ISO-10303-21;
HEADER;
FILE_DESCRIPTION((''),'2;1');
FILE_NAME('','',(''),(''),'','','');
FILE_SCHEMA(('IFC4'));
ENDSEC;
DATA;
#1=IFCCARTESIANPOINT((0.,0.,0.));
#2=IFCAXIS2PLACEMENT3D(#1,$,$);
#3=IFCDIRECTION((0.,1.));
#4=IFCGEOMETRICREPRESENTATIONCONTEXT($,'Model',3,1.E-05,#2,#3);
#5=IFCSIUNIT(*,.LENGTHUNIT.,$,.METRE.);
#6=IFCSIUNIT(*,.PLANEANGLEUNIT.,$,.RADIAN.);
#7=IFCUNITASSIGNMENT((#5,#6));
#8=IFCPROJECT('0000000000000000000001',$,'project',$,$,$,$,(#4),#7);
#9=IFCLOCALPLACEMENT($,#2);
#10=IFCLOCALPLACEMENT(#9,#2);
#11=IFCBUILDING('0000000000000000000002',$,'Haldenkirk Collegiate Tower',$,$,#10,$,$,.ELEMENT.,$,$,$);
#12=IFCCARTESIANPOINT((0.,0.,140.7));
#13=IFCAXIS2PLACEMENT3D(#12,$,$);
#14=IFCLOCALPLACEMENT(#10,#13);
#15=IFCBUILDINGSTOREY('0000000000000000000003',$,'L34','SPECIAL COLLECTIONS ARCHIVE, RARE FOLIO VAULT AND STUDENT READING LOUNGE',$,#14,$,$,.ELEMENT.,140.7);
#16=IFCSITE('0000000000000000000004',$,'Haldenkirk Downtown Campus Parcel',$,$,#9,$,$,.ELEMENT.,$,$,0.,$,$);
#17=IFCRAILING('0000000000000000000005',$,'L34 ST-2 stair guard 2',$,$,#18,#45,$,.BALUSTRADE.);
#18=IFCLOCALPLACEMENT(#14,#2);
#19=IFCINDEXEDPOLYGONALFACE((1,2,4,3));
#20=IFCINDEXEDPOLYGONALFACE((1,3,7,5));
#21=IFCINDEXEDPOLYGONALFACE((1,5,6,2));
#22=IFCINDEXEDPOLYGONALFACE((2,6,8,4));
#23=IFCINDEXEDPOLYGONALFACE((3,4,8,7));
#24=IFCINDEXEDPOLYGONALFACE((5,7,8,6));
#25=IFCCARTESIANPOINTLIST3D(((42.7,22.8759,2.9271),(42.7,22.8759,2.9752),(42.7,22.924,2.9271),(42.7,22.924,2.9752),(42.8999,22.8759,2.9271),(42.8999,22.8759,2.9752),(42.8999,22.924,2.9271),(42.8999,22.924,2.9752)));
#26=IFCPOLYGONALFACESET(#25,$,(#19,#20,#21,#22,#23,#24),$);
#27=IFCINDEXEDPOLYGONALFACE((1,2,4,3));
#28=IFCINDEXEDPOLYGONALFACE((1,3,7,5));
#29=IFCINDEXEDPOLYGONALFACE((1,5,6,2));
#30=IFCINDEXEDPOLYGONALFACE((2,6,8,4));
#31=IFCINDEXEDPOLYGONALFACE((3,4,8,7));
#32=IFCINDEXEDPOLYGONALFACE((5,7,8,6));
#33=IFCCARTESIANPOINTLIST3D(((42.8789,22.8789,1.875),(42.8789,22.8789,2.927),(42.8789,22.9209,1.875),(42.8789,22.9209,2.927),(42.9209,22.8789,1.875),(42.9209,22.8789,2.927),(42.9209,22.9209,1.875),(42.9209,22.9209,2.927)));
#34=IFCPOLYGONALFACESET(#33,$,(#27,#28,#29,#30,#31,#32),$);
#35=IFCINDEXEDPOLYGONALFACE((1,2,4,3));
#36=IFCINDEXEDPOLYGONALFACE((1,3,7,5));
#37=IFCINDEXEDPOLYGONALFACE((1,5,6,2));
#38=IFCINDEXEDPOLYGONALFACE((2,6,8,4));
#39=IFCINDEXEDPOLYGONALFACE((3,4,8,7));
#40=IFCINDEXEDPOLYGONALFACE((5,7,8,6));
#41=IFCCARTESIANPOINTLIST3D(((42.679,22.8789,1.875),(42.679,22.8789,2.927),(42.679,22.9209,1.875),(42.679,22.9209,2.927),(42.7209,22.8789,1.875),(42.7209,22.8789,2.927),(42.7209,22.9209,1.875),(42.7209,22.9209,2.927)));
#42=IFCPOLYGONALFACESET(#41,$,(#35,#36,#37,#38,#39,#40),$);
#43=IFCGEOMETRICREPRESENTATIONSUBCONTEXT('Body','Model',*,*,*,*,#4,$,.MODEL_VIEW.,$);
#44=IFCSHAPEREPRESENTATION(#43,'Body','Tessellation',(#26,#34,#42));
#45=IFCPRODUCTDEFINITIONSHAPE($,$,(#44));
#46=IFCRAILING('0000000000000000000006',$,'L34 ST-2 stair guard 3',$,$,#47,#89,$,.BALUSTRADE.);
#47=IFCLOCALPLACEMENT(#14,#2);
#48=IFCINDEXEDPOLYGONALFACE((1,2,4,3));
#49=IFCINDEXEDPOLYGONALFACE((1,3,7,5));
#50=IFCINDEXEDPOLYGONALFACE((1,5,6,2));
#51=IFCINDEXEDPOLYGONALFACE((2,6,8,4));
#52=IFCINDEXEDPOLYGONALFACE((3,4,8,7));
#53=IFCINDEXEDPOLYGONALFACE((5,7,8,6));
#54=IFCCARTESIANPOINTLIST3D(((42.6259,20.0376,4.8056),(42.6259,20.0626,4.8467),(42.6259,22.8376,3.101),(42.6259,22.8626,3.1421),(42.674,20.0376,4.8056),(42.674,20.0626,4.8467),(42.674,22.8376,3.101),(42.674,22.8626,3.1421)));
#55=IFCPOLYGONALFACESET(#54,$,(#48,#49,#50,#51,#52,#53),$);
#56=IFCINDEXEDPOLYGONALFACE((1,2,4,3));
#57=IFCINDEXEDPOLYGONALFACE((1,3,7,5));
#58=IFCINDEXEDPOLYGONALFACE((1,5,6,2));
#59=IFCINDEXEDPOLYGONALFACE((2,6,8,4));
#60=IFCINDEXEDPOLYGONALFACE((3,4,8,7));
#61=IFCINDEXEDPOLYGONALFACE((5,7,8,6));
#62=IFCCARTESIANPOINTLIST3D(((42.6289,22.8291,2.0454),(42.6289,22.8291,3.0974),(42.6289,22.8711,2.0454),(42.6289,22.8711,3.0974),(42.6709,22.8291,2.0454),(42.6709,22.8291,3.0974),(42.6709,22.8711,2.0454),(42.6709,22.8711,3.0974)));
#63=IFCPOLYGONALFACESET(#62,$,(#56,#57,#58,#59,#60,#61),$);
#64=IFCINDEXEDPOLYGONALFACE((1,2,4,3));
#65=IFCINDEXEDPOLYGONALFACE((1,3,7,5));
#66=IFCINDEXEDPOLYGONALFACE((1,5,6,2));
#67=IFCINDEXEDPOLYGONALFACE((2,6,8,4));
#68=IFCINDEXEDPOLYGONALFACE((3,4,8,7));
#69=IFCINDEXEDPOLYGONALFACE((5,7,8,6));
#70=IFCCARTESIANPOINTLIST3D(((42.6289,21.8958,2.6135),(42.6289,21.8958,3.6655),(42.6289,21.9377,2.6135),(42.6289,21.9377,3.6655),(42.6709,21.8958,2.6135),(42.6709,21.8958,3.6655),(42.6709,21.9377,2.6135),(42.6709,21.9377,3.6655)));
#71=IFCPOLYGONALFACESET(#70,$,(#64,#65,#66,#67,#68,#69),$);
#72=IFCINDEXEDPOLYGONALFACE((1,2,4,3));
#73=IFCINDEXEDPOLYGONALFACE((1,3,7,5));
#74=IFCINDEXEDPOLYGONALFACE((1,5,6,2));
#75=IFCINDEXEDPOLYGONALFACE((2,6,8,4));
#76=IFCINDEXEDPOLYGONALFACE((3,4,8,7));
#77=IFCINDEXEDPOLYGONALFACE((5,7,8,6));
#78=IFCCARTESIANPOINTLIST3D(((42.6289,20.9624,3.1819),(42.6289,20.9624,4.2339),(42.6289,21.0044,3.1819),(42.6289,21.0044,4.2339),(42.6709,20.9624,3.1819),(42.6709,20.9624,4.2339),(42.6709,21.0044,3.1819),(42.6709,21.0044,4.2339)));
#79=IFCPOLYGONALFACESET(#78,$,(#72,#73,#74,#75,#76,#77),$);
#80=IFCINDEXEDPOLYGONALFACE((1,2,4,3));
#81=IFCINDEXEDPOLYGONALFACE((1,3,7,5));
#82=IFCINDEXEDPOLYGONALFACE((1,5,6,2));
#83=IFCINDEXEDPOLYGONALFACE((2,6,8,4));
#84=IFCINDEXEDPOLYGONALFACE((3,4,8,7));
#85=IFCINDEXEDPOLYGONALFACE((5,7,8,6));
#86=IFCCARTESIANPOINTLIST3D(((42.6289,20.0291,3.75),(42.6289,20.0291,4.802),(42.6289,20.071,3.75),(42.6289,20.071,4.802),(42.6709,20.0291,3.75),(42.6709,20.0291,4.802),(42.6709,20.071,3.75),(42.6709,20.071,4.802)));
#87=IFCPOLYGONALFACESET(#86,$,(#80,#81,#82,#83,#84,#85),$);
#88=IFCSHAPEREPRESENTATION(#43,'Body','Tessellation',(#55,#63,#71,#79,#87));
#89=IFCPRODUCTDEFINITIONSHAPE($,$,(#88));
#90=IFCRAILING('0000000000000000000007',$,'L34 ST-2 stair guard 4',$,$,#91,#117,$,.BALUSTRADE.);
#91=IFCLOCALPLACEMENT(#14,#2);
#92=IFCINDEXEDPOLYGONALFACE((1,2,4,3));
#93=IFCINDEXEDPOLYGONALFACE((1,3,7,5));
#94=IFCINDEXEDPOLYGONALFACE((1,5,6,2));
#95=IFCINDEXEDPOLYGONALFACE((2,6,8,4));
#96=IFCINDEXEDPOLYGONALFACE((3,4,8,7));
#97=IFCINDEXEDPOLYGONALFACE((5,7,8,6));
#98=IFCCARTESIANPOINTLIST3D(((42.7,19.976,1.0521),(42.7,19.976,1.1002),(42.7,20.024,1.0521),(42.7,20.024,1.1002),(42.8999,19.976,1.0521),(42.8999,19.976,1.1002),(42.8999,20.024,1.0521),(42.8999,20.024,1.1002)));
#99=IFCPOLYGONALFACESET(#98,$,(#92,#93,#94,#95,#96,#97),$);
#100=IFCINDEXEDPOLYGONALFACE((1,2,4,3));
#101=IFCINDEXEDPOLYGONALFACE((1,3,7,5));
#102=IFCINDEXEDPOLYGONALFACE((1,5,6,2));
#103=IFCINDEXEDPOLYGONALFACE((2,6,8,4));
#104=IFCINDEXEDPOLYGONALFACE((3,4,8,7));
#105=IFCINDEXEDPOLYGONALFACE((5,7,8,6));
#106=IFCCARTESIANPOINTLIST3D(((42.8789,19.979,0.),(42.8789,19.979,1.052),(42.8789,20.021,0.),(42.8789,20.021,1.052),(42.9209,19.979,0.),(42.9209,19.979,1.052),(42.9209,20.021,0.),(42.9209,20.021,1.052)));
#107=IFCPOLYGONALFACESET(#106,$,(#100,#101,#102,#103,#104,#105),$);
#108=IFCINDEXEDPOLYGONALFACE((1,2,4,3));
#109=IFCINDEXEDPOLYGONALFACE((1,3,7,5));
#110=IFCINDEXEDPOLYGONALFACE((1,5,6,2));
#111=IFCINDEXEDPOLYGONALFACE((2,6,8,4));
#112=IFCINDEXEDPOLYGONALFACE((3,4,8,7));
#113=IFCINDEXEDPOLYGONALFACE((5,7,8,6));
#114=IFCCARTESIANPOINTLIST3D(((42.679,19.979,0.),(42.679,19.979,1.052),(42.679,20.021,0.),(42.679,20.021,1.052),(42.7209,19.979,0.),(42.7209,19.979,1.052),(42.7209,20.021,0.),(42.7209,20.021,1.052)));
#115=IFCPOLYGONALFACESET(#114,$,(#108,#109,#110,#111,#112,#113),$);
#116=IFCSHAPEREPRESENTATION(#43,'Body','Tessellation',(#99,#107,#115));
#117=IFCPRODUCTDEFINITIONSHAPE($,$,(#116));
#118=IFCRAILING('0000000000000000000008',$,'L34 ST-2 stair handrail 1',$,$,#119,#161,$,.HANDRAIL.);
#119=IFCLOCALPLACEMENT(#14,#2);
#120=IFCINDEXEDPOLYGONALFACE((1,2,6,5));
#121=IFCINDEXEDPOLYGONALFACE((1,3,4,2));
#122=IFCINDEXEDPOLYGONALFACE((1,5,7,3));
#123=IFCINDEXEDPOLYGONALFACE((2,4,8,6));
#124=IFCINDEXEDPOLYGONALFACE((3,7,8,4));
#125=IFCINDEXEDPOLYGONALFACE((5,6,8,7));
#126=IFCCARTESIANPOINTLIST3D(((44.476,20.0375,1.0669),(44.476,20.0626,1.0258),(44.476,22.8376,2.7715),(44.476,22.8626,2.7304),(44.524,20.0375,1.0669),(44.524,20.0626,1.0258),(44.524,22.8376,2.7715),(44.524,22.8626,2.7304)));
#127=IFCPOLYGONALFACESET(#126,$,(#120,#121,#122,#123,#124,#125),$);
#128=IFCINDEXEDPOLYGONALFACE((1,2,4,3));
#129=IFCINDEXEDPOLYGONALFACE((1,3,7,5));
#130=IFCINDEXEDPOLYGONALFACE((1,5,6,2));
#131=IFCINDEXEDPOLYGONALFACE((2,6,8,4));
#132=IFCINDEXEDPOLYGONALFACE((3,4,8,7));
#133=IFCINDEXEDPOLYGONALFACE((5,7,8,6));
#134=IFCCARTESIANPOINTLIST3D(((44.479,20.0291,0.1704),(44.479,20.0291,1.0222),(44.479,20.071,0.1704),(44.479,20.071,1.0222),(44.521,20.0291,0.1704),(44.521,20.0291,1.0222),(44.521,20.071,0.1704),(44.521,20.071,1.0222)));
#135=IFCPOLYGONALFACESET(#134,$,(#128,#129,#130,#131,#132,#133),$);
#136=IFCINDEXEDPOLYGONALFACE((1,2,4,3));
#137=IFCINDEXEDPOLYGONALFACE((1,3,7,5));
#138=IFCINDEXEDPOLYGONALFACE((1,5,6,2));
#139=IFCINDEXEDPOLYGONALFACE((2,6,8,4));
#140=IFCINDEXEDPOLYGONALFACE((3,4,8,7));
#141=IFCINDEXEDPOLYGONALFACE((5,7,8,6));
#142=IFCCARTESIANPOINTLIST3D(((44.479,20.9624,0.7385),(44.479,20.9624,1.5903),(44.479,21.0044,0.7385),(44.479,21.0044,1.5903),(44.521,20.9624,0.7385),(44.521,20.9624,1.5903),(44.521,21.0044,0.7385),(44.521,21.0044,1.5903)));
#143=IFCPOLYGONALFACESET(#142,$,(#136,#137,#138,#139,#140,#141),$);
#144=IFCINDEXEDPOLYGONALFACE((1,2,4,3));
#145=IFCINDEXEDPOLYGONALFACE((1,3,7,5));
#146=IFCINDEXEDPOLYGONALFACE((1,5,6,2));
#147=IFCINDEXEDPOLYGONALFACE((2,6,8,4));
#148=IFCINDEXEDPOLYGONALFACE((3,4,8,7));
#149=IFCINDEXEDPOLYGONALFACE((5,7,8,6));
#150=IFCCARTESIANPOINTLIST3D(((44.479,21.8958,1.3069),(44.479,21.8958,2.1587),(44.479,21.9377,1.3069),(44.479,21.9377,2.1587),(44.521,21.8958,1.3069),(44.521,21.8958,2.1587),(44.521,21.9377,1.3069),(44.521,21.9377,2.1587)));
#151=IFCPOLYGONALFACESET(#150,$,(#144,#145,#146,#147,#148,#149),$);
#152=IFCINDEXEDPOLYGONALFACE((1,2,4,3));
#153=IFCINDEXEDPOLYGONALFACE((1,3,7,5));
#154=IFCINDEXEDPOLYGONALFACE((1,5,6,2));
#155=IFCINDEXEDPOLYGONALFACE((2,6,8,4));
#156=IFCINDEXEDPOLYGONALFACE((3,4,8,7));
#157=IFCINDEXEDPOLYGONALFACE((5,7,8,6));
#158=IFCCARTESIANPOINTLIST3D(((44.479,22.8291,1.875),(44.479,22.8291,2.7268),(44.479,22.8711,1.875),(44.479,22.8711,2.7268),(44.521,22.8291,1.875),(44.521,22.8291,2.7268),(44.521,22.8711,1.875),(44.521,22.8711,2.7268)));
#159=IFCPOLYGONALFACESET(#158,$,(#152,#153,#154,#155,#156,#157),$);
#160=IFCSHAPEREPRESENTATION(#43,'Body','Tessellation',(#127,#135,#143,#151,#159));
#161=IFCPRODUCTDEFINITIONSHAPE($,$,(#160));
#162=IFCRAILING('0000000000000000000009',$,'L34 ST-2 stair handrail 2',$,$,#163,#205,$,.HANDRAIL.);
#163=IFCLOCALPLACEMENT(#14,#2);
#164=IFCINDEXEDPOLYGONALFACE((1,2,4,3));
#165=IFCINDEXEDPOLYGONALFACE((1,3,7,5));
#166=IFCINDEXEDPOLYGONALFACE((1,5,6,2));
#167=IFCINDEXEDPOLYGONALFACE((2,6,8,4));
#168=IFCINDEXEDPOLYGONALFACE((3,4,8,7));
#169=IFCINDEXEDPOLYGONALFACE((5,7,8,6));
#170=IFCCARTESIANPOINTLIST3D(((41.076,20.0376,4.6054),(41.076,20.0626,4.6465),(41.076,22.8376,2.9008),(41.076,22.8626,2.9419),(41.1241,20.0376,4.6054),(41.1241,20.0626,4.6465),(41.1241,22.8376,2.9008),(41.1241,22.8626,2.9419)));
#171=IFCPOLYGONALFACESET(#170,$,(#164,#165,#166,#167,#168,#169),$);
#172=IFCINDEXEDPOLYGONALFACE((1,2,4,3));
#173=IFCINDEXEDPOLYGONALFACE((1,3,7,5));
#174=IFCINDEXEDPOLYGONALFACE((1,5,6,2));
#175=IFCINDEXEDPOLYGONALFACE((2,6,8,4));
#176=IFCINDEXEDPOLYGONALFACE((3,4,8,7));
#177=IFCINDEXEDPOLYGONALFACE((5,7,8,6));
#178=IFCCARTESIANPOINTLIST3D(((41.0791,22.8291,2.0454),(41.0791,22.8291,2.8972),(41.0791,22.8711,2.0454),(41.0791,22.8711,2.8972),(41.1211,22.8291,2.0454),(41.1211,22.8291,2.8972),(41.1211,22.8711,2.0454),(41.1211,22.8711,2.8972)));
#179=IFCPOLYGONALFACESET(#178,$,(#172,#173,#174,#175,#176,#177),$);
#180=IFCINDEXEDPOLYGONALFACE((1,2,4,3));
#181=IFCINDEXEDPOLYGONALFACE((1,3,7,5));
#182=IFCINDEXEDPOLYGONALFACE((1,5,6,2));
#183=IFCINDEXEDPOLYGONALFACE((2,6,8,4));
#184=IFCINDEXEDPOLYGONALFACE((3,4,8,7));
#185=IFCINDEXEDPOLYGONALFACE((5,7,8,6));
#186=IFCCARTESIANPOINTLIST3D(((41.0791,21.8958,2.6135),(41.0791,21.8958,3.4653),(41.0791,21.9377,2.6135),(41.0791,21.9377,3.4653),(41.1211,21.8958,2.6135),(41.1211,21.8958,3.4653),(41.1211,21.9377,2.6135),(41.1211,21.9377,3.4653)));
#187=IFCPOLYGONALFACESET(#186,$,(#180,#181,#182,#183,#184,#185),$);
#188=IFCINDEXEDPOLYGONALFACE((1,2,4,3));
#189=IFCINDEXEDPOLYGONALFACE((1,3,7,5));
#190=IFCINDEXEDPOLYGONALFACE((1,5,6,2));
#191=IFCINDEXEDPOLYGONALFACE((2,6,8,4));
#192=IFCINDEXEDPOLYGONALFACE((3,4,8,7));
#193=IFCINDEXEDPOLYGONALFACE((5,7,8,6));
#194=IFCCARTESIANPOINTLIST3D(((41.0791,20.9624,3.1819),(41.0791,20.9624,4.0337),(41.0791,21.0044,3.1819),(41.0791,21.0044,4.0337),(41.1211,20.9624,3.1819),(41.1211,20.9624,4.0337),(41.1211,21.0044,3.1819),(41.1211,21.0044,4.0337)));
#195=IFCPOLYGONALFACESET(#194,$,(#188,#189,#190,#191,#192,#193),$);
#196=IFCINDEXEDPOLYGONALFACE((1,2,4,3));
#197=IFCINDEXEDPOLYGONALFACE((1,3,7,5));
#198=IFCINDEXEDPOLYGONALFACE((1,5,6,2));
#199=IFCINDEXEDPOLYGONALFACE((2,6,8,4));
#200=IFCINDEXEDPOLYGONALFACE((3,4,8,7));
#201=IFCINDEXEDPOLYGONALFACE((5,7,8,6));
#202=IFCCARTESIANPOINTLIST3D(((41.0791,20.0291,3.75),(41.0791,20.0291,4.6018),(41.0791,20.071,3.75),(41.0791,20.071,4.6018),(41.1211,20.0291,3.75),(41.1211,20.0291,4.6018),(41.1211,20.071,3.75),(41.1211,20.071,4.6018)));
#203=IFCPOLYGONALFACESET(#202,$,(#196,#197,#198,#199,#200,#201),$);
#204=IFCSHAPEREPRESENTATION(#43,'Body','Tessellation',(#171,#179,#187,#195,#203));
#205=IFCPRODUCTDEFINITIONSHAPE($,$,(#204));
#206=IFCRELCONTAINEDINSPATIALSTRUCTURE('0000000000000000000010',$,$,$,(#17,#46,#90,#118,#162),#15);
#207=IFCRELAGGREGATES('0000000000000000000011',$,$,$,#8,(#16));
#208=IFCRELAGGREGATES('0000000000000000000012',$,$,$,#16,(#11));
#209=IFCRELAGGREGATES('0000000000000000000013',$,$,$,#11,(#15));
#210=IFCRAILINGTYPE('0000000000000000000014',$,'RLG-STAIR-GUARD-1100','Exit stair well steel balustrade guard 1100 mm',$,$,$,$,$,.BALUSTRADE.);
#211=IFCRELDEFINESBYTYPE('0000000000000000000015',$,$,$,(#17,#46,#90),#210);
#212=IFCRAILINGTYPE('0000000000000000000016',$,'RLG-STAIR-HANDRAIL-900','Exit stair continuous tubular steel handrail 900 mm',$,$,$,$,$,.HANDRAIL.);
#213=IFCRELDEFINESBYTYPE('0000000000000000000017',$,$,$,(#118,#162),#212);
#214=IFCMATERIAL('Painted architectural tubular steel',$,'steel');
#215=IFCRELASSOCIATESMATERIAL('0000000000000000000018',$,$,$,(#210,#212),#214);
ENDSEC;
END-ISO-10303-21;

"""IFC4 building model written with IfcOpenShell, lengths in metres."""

from ifc_helpers import new_model, si_unit, direction, frame, origin, origin_2d, place, context, subcontext, project, spatial, rectangle, extrude, material, type_object, element, save


model = new_model("IFC4")

# Units and contexts
model_context = context("Model", 3, precision=1e-05, world=origin(), true_north=direction((0.0, 1.0)))
body_context = subcontext(model_context, "Body", "Model", "MODEL_VIEW")
ifc_project = project(units=[si_unit("LENGTHUNIT", "METRE"), si_unit("PLANEANGLEUNIT", "RADIAN")], contexts=[model_context])

# Site, building, storey
site_placement = place(None, origin())
site = spatial("IfcSite", under=ifc_project, at=site_placement, Name="Haldenkirk Downtown Campus Parcel", CompositionType="ELEMENT", RefElevation=0.0)
building_placement = place(site_placement, origin())
building = spatial("IfcBuilding", under=site, at=building_placement, Name="Haldenkirk Collegiate Tower", CompositionType="ELEMENT")
storey_placement = place(building_placement, frame((0.0, 0.0, 140.7)))
storey = spatial("IfcBuildingStorey", under=building, at=storey_placement, Name="L34", Description="SPECIAL COLLECTIONS ARCHIVE, RARE FOLIO VAULT AND STUDENT READING LOUNGE", CompositionType="ELEMENT", Elevation=140.7)

# Railings
ifc_material_1 = material(Name="Painted architectural tubular steel", Category="steel")
railing_type_1 = type_object("IfcRailingType", Name="RLG-STAIR-GUARD-1100", Description="Exit stair well steel balustrade guard 1100 mm", PredefinedType="BALUSTRADE", material=ifc_material_1)
railing_1_placement = place(storey_placement, frame((42.8999, 22.8999, 1.875)))
element("IfcRailing", 1, at=railing_1_placement, inside=storey, type_object=railing_type_1, Name="L34 ST-2 stair guard 2", PredefinedType="BALUSTRADE", context=body_context, shape_type="SweptSolid", body=[
    extrude(rectangle(XDim=0.0481, YDim=0.0481, at=origin_2d()), frame((0.0, 0.0, 1.0762), z_axis=(-1.0, 0.0, 0.0), x_axis=(0.0, -1.0, 0.0)), (0.0, 0.0, 1.0), 0.2),
    extrude(rectangle(XDim=0.042, YDim=0.042, at=origin_2d()), origin(), (0.0, 0.0, 1.0), 1.052),
    extrude(rectangle(XDim=0.042, YDim=0.042, at=origin_2d()), frame((-0.2, 0.0, 0.0)), (0.0, 0.0, 1.0), 1.052),
])
railing_2_placement = place(storey_placement, frame((42.6499, 22.8501, 2.0454)))
element("IfcRailing", 2, at=railing_2_placement, inside=storey, type_object=railing_type_1, Name="L34 ST-2 stair guard 3", PredefinedType="BALUSTRADE", context=body_context, shape_type="SweptSolid", body=[
    extrude(rectangle(XDim=0.0481, YDim=0.0481, at=origin_2d()), frame((0.0, 0.0, 1.0762), z_axis=(0.0, -0.85417, 0.519994), x_axis=(1.0, 0.0, 0.0)), (0.0, 0.0, 1.0), 3.2781),
    extrude(rectangle(XDim=0.042, YDim=0.042, at=origin_2d()), origin(), (0.0, 0.0, 1.0), 1.052),
    extrude(rectangle(XDim=0.042, YDim=0.042, at=origin_2d()), frame((0.0, -0.9333, 0.5681)), (0.0, 0.0, 1.0), 1.052),
    extrude(rectangle(XDim=0.042, YDim=0.042, at=origin_2d()), frame((0.0, -1.8667, 1.1365)), (0.0, 0.0, 1.0), 1.052),
    extrude(rectangle(XDim=0.042, YDim=0.042, at=origin_2d()), frame((0.0, -2.8, 1.7046)), (0.0, 0.0, 1.0), 1.052),
])
railing_3_placement = place(storey_placement, frame((42.8999, 20.0, 0.0)))
element("IfcRailing", 3, at=railing_3_placement, inside=storey, type_object=railing_type_1, Name="L34 ST-2 stair guard 4", PredefinedType="BALUSTRADE", context=body_context, shape_type="SweptSolid", body=[
    extrude(rectangle(XDim=0.0481, YDim=0.0481, at=origin_2d()), frame((0.0, 0.0, 1.0762), z_axis=(-1.0, 0.0, 0.0), x_axis=(0.0, -1.0, 0.0)), (0.0, 0.0, 1.0), 0.2),
    extrude(rectangle(XDim=0.042, YDim=0.042, at=origin_2d()), origin(), (0.0, 0.0, 1.0), 1.052),
    extrude(rectangle(XDim=0.042, YDim=0.042, at=origin_2d()), frame((-0.2, 0.0, 0.0)), (0.0, 0.0, 1.0), 1.052),
])
railing_type_2 = type_object("IfcRailingType", Name="RLG-STAIR-HANDRAIL-900", Description="Exit stair continuous tubular steel handrail 900 mm", PredefinedType="HANDRAIL", material=ifc_material_1)
railing_4_placement = place(storey_placement, frame((44.5, 20.05, 0.1704)))
element("IfcRailing", 4, at=railing_4_placement, inside=storey, type_object=railing_type_2, Name="L34 ST-2 stair handrail 1", PredefinedType="HANDRAIL", context=body_context, shape_type="SweptSolid", body=[
    extrude(rectangle(XDim=0.0481, YDim=0.0481, at=origin_2d()), frame((0.0, 0.0, 0.876), z_axis=(0.0, 0.85417, 0.519994), x_axis=(-1.0, 0.0, 0.0)), (0.0, 0.0, 1.0), 3.2781),
    extrude(rectangle(XDim=0.042, YDim=0.042, at=origin_2d()), origin(), (0.0, 0.0, 1.0), 0.8518),
    extrude(rectangle(XDim=0.042, YDim=0.042, at=origin_2d()), frame((0.0, 0.9333, 0.5681)), (0.0, 0.0, 1.0), 0.8518),
    extrude(rectangle(XDim=0.042, YDim=0.042, at=origin_2d()), frame((0.0, 1.8667, 1.1365)), (0.0, 0.0, 1.0), 0.8518),
    extrude(rectangle(XDim=0.042, YDim=0.042, at=origin_2d()), frame((0.0, 2.8, 1.7046)), (0.0, 0.0, 1.0), 0.8518),
])
railing_5_placement = place(storey_placement, frame((41.1001, 22.8501, 2.0454)))
element("IfcRailing", 5, at=railing_5_placement, inside=storey, type_object=railing_type_2, Name="L34 ST-2 stair handrail 2", PredefinedType="HANDRAIL", context=body_context, shape_type="SweptSolid", body=[
    extrude(rectangle(XDim=0.0481, YDim=0.0481, at=origin_2d()), frame((0.0, 0.0, 0.876), z_axis=(0.0, -0.85417, 0.519994), x_axis=(1.0, 0.0, 0.0)), (0.0, 0.0, 1.0), 3.2781),
    extrude(rectangle(XDim=0.042, YDim=0.042, at=origin_2d()), origin(), (0.0, 0.0, 1.0), 0.8518),
    extrude(rectangle(XDim=0.042, YDim=0.042, at=origin_2d()), frame((0.0, -0.9333, 0.5681)), (0.0, 0.0, 1.0), 0.8518),
    extrude(rectangle(XDim=0.042, YDim=0.042, at=origin_2d()), frame((0.0, -1.8667, 1.1365)), (0.0, 0.0, 1.0), 0.8518),
    extrude(rectangle(XDim=0.042, YDim=0.042, at=origin_2d()), frame((0.0, -2.8, 1.7046)), (0.0, 0.0, 1.0), 0.8518),
])

save(model, "model.ifc")
